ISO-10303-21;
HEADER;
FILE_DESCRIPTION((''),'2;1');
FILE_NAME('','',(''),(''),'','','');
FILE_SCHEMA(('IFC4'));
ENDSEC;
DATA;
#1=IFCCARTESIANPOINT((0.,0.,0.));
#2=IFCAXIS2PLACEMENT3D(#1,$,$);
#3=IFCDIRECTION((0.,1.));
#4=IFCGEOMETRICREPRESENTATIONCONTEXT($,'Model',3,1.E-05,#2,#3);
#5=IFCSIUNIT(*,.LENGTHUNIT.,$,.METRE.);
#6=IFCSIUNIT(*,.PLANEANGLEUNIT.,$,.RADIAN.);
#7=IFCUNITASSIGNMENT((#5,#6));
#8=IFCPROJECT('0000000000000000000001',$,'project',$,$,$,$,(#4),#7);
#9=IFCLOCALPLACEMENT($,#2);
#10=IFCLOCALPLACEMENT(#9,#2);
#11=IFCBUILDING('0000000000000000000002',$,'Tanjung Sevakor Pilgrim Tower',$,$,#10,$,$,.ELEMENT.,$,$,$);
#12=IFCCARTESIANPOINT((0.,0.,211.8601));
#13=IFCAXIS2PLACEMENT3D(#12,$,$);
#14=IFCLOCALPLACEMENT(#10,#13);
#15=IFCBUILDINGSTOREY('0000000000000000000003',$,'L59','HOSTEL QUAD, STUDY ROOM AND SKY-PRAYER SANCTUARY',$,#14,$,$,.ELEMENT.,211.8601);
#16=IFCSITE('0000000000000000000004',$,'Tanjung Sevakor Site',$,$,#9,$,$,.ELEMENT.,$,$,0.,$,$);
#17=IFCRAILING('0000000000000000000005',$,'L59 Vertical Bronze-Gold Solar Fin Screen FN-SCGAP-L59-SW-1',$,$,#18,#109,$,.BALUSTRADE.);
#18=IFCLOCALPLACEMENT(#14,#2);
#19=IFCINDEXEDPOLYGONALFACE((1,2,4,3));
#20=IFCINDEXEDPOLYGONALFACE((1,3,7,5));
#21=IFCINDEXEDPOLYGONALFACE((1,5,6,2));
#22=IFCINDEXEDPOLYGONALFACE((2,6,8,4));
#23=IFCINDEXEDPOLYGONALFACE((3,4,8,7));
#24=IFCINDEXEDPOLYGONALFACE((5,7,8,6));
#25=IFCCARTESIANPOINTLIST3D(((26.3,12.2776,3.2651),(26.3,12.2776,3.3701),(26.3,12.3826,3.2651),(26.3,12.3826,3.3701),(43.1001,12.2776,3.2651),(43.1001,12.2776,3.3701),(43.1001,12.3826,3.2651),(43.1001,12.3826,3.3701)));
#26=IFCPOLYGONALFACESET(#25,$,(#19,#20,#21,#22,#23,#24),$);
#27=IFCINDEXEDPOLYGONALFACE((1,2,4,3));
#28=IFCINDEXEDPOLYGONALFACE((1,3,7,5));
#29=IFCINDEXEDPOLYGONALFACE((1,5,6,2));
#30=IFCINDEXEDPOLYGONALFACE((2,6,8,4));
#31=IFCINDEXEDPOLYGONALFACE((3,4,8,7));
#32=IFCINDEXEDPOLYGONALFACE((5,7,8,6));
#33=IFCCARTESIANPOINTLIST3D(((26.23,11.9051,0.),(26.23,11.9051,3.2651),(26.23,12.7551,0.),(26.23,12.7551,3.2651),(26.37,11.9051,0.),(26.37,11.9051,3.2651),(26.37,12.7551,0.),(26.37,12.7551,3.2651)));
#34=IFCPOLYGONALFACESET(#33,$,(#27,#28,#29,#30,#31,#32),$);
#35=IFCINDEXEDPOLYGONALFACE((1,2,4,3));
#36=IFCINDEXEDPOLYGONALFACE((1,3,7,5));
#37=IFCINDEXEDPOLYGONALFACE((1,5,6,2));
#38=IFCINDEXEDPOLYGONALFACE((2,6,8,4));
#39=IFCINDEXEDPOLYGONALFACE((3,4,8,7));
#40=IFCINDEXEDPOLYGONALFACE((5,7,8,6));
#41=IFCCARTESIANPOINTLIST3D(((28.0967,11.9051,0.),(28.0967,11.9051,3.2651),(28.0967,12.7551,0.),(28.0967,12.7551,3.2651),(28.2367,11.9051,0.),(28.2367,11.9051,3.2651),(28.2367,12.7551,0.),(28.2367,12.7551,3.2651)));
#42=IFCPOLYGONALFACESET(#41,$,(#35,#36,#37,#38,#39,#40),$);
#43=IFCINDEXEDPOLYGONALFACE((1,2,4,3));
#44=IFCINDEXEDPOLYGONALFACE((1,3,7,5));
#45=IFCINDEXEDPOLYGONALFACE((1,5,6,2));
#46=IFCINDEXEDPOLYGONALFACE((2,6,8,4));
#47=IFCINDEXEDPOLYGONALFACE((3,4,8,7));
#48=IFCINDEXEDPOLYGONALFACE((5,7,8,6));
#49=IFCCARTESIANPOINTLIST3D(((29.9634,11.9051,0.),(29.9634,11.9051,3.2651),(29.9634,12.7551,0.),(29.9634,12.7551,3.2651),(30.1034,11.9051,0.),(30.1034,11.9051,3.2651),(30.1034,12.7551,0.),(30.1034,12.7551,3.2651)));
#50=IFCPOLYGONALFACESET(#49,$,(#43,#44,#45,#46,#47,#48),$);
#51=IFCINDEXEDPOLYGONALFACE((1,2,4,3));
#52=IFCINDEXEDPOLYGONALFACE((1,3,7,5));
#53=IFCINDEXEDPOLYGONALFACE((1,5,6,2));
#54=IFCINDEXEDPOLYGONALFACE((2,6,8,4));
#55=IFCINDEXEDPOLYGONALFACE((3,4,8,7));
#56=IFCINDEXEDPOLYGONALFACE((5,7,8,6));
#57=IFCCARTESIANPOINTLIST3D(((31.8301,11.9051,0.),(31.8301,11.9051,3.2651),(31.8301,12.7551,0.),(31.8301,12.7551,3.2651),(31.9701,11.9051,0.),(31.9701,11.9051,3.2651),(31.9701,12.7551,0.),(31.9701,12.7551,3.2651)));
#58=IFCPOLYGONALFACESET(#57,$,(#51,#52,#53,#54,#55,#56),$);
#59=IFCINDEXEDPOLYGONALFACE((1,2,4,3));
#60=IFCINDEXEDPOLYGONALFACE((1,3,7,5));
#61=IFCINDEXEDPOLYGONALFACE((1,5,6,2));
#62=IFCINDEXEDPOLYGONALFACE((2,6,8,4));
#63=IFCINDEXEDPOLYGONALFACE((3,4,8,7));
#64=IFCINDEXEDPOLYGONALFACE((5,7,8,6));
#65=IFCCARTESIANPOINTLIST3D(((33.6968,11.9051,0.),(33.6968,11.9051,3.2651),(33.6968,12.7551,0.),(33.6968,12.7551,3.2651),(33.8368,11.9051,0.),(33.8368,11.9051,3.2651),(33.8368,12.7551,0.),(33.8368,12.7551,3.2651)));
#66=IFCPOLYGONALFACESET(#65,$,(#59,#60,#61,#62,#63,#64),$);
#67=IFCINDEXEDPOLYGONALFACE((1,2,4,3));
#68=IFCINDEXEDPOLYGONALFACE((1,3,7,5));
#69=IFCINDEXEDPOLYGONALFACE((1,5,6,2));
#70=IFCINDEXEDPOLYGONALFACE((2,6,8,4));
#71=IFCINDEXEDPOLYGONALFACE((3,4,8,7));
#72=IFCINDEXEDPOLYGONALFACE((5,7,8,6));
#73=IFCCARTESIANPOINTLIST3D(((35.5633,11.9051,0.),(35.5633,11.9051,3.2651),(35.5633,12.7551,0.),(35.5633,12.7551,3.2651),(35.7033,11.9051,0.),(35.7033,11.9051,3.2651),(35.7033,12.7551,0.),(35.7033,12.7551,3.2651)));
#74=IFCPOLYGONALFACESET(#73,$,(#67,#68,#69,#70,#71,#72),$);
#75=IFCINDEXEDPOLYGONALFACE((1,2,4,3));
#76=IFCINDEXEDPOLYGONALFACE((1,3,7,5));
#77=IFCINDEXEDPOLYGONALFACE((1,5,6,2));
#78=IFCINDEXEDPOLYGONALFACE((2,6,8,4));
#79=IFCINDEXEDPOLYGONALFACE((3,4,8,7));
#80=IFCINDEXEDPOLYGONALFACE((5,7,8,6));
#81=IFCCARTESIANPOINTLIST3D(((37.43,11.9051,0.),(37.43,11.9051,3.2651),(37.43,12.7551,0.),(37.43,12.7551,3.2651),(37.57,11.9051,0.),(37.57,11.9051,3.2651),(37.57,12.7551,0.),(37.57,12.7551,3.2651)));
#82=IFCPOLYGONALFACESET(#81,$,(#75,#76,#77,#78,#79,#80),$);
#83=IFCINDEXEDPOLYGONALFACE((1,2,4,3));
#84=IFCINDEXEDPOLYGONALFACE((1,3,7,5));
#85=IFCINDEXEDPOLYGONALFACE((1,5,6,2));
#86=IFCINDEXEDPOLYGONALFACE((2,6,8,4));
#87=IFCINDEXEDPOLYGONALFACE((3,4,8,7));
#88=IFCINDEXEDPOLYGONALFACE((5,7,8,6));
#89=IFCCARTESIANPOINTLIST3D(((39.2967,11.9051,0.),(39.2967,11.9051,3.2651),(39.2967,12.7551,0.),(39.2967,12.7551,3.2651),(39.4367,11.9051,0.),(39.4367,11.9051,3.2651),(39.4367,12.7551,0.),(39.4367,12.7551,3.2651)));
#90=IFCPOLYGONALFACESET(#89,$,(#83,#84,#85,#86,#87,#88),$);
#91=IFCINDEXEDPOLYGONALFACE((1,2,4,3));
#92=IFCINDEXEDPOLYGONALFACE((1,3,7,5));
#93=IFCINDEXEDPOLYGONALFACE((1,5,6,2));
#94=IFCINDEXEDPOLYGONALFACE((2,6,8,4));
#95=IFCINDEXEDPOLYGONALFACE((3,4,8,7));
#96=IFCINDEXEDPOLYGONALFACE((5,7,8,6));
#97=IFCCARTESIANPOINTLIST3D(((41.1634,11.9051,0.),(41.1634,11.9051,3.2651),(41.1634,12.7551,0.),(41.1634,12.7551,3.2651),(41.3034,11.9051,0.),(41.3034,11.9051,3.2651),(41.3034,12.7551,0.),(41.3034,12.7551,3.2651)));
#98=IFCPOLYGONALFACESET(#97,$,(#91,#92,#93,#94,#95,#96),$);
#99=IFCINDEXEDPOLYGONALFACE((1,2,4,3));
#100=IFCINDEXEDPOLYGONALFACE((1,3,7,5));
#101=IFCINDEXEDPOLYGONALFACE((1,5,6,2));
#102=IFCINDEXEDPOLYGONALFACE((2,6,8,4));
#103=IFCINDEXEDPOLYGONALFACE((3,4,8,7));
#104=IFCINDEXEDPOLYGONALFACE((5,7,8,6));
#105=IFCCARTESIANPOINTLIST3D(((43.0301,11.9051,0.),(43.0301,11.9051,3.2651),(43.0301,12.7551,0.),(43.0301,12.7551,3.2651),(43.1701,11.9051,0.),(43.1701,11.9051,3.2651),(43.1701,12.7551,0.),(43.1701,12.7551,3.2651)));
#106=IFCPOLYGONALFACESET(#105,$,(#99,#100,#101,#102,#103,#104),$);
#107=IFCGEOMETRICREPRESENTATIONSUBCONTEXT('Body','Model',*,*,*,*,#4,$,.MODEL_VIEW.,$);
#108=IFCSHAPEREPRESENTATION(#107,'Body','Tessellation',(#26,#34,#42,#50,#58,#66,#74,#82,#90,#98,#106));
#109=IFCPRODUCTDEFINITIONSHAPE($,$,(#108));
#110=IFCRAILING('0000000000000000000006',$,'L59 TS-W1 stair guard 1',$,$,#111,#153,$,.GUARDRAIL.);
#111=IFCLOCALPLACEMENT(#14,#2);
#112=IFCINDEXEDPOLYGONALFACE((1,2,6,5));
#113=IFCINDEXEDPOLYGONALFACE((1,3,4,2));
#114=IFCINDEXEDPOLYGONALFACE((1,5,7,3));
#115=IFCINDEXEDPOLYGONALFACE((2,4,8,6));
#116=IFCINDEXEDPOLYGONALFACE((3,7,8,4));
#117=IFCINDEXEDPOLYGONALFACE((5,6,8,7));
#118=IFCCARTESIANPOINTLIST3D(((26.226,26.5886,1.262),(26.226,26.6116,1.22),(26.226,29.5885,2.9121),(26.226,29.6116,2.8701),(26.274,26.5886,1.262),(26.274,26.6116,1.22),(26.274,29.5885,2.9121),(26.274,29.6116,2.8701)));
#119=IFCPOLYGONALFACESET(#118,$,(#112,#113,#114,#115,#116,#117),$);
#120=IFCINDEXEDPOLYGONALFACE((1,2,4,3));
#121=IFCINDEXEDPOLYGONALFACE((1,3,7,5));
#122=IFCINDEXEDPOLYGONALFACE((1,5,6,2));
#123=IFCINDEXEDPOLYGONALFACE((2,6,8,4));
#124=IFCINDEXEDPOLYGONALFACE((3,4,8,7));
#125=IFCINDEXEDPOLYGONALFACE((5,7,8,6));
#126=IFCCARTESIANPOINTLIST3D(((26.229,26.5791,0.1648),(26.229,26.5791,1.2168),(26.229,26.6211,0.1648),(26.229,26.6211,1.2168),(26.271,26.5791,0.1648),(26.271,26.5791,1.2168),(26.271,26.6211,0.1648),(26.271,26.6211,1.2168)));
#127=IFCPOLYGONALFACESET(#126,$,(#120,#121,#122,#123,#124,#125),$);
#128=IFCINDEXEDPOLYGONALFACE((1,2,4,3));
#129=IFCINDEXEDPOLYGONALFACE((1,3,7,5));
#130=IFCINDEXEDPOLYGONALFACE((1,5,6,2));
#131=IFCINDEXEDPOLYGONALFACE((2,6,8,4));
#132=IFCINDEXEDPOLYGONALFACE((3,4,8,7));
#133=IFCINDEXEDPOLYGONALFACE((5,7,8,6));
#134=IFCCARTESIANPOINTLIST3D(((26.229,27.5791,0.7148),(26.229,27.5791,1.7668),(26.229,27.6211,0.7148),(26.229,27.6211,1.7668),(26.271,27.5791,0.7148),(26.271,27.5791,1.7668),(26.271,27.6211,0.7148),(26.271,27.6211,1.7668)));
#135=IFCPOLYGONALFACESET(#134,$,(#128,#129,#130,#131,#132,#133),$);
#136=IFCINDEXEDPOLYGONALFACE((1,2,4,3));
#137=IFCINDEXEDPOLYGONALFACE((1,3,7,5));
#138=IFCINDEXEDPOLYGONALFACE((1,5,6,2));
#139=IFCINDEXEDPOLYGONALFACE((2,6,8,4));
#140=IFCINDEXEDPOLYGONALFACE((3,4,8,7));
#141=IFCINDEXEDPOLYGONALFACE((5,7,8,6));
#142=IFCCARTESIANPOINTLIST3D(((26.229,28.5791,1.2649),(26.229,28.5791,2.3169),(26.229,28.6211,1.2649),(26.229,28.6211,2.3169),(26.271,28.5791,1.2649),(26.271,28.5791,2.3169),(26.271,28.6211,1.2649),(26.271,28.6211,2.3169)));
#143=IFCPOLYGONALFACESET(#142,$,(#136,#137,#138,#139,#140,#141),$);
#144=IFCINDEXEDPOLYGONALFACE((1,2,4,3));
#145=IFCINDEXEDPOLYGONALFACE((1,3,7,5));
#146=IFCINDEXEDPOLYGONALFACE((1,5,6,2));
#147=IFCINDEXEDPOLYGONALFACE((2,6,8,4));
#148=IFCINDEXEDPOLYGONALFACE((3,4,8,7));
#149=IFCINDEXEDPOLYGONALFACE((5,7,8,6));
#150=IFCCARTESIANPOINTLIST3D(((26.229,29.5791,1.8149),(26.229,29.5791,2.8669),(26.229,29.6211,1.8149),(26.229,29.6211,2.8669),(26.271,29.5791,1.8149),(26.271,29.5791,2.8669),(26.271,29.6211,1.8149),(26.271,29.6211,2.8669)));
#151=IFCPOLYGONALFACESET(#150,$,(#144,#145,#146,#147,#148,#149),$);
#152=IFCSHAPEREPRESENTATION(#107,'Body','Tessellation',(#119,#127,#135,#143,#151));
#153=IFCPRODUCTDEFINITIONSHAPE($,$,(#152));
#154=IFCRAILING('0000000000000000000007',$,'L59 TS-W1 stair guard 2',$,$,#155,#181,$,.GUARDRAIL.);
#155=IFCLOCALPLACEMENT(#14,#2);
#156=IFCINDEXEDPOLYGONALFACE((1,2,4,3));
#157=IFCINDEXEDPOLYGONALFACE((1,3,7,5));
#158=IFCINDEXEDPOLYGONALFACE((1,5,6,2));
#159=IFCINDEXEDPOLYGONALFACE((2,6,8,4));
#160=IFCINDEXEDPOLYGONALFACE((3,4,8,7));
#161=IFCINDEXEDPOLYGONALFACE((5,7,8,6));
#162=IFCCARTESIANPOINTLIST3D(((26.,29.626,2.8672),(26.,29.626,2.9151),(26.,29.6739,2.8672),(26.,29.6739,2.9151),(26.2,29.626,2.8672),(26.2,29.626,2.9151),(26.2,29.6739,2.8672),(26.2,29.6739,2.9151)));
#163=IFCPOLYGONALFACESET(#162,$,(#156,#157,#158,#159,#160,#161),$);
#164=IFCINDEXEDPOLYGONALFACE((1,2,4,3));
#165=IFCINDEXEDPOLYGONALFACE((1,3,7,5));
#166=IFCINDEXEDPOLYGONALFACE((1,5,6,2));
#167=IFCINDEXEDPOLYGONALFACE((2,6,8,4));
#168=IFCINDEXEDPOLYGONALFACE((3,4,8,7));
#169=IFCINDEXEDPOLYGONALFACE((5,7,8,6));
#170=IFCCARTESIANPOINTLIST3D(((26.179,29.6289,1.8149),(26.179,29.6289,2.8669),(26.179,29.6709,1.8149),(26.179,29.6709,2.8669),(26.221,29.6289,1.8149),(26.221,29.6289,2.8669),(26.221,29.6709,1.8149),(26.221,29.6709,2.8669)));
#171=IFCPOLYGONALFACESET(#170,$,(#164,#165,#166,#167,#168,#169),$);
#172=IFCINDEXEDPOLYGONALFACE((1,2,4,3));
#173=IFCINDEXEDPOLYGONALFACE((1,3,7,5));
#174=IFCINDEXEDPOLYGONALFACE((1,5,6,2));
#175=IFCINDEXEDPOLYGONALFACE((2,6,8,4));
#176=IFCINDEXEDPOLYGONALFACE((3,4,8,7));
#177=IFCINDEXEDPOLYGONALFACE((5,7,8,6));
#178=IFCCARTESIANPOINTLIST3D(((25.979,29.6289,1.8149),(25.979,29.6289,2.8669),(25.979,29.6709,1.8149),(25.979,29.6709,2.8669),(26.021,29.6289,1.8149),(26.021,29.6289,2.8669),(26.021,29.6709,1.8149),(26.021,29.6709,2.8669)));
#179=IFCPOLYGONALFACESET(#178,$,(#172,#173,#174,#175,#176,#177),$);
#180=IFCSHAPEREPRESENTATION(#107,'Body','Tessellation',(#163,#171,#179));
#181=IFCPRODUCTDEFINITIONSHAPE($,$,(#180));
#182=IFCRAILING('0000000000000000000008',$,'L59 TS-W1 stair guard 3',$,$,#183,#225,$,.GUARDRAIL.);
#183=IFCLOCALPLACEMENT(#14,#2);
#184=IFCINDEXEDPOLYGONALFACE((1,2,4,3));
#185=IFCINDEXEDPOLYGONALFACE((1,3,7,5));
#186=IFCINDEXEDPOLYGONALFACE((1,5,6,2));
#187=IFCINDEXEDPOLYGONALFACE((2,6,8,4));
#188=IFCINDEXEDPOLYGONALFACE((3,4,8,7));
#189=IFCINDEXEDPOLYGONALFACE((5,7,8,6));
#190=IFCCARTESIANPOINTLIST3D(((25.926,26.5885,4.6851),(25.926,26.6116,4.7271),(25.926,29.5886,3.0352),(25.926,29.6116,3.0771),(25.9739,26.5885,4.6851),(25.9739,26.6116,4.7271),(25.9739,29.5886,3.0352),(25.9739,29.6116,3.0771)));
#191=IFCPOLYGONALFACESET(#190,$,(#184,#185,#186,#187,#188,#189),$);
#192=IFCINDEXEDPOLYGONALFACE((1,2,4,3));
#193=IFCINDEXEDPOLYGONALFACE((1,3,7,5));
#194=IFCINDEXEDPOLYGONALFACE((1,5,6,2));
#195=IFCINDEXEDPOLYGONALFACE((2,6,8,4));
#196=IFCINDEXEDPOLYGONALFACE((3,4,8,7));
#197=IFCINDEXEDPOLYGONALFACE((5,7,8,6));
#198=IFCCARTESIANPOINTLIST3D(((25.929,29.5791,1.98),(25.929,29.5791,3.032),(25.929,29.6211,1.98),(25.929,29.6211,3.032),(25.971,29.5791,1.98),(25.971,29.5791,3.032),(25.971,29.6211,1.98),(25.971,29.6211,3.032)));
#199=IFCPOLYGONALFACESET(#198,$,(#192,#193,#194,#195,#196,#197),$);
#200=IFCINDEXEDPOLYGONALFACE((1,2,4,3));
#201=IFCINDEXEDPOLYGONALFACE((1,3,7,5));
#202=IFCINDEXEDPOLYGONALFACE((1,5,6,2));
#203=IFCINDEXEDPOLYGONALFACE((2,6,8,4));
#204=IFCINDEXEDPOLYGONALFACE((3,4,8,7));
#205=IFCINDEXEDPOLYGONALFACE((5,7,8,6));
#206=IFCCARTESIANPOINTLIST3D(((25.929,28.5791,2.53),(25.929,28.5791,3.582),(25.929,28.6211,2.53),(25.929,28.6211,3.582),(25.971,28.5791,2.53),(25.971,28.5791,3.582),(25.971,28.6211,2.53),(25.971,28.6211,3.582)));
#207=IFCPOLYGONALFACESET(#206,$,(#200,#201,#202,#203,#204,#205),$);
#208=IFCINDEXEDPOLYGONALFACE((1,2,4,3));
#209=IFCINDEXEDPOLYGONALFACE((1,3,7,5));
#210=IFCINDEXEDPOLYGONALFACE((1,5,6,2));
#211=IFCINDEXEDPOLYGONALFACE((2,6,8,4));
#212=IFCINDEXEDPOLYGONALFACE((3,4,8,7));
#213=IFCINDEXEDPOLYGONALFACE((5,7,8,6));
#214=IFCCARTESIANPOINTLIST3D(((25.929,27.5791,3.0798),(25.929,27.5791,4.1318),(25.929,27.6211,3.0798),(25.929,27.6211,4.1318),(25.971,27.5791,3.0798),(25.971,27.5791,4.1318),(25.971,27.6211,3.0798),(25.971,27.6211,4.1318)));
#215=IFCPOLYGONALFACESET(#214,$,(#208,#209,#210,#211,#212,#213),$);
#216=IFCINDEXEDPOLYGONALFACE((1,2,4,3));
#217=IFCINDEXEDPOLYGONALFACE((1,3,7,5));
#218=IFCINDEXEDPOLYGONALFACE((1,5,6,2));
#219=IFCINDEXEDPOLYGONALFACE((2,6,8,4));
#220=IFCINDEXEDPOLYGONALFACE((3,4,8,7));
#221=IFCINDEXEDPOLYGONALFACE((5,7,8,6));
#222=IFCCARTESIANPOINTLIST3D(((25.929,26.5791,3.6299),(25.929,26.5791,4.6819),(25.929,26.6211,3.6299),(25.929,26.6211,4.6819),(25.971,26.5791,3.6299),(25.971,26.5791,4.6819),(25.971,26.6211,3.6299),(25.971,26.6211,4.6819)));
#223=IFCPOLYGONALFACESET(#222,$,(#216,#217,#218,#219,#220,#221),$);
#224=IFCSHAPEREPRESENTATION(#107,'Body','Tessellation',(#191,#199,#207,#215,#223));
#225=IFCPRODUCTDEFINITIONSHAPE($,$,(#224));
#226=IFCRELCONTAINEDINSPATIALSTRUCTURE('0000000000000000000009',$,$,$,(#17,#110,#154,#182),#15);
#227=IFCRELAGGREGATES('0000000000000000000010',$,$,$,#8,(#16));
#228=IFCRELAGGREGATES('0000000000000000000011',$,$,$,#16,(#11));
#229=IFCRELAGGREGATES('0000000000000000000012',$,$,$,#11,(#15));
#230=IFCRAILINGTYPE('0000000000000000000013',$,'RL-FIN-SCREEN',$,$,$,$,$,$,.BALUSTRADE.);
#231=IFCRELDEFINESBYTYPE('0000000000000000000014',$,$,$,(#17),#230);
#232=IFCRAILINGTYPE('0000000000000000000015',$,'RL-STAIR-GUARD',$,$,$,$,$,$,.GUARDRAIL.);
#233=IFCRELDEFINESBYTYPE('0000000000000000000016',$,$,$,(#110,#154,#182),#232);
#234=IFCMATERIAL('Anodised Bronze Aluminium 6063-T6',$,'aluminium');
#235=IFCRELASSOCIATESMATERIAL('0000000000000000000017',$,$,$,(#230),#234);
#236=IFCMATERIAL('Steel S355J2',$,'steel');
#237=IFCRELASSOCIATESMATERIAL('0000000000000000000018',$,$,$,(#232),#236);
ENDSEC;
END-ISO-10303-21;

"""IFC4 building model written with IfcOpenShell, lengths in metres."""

from ifc_helpers import new_model, si_unit, direction, frame, origin, place, context, subcontext, project, spatial, rectangle, extrude, material, type_object, element, save


model = new_model("IFC4")

# Units and contexts
model_context = context("Model", 3, precision=1e-05, world=origin(), true_north=direction((0.0, 1.0)))
body_context = subcontext(model_context, "Body", "Model", "MODEL_VIEW")
ifc_project = project(units=[si_unit("LENGTHUNIT", "METRE"), si_unit("PLANEANGLEUNIT", "RADIAN")], contexts=[model_context])

# Site, building, storey
site_placement = place(None, origin())
site = spatial("IfcSite", under=ifc_project, at=site_placement, Name="Tanjung Sevakor Site", CompositionType="ELEMENT", RefElevation=0.0)
building_placement = place(site_placement, origin())
building = spatial("IfcBuilding", under=site, at=building_placement, Name="Tanjung Sevakor Pilgrim Tower", CompositionType="ELEMENT")
storey_placement = place(building_placement, frame((0.0, 0.0, 211.8601)))
storey = spatial("IfcBuildingStorey", under=building, at=storey_placement, Name="L59", Description="HOSTEL QUAD, STUDY ROOM AND SKY-PRAYER SANCTUARY", CompositionType="ELEMENT", Elevation=211.8601)

# Railings
ifc_material_1 = material(Name="Anodised Bronze Aluminium 6063-T6", Category="aluminium")
railing_type_1 = type_object("IfcRailingType", Name="RL-FIN-SCREEN", PredefinedType="BALUSTRADE", material=ifc_material_1)
railing_1_placement = place(storey_placement, frame((26.3, 12.3301, 0.0)))
element("IfcRailing", 1, at=railing_1_placement, inside=storey, type_object=railing_type_1, Name="L59 Vertical Bronze-Gold Solar Fin Screen FN-SCGAP-L59-SW-1", PredefinedType="BALUSTRADE", context=body_context, shape_type="SweptSolid", body=[
    extrude(rectangle(XDim=0.105, YDim=0.105), frame((0.0, 0.0, 3.3176), z_axis=(1.0, 0.0, 0.0), x_axis=(0.0, 1.0, 0.0)), (0.0, 0.0, 1.0), 16.8),
    extrude(rectangle(XDim=0.14, YDim=0.85), origin(), (0.0, 0.0, 1.0), 3.2651),
    extrude(rectangle(XDim=0.14, YDim=0.85), frame((1.8667, 0.0, 0.0)), (0.0, 0.0, 1.0), 3.2651),
    extrude(rectangle(XDim=0.14, YDim=0.85), frame((3.7334, 0.0, 0.0)), (0.0, 0.0, 1.0), 3.2651),
    extrude(rectangle(XDim=0.14, YDim=0.85), frame((5.6001, 0.0, 0.0)), (0.0, 0.0, 1.0), 3.2651),
    extrude(rectangle(XDim=0.14, YDim=0.85), frame((7.4668, 0.0, 0.0)), (0.0, 0.0, 1.0), 3.2651),
    extrude(rectangle(XDim=0.14, YDim=0.85), frame((9.3333, 0.0, 0.0)), (0.0, 0.0, 1.0), 3.2651),
    extrude(rectangle(XDim=0.14, YDim=0.85), frame((11.2, 0.0, 0.0)), (0.0, 0.0, 1.0), 3.2651),
    extrude(rectangle(XDim=0.14, YDim=0.85), frame((13.0667, 0.0, 0.0)), (0.0, 0.0, 1.0), 3.2651),
    extrude(rectangle(XDim=0.14, YDim=0.85), frame((14.9333, 0.0, 0.0)), (0.0, 0.0, 1.0), 3.2651),
    extrude(rectangle(XDim=0.14, YDim=0.85), frame((16.8, 0.0, 0.0)), (0.0, 0.0, 1.0), 3.2651),
])
ifc_material_2 = material(Name="Steel S355J2", Category="steel")
railing_type_2 = type_object("IfcRailingType", Name="RL-STAIR-GUARD", PredefinedType="GUARDRAIL", material=ifc_material_2)
railing_2_placement = place(storey_placement, frame((26.25, 26.6001, 0.1648)))
element("IfcRailing", 2, at=railing_2_placement, inside=storey, type_object=railing_type_2, Name="L59 TS-W1 stair guard 1", PredefinedType="GUARDRAIL", context=body_context, shape_type="SweptSolid", body=[
    extrude(rectangle(XDim=0.0479, YDim=0.0479), frame((0.0, 0.0, 1.0762), z_axis=(0.0, 0.876198, 0.481952), x_axis=(-1.0, 0.0, 0.0)), (0.0, 0.0, 1.0), 3.4238),
    extrude(rectangle(XDim=0.042, YDim=0.042), origin(), (0.0, 0.0, 1.0), 1.052),
    extrude(rectangle(XDim=0.042, YDim=0.042), frame((0.0, 1.0, 0.55)), (0.0, 0.0, 1.0), 1.052),
    extrude(rectangle(XDim=0.042, YDim=0.042), frame((0.0, 2.0, 1.1001)), (0.0, 0.0, 1.0), 1.052),
    extrude(rectangle(XDim=0.042, YDim=0.042), frame((0.0, 3.0, 1.6501)), (0.0, 0.0, 1.0), 1.052),
])
railing_3_placement = place(storey_placement, frame((26.2, 29.6499, 1.8149)))
element("IfcRailing", 3, at=railing_3_placement, inside=storey, type_object=railing_type_2, Name="L59 TS-W1 stair guard 2", PredefinedType="GUARDRAIL", context=body_context, shape_type="SweptSolid", body=[
    extrude(rectangle(XDim=0.0479, YDim=0.0479), frame((0.0, 0.0, 1.0762), z_axis=(-1.0, 0.0, 0.0), x_axis=(0.0, -1.0, 0.0)), (0.0, 0.0, 1.0), 0.2),
    extrude(rectangle(XDim=0.042, YDim=0.042), origin(), (0.0, 0.0, 1.0), 1.052),
    extrude(rectangle(XDim=0.042, YDim=0.042), frame((-0.2, 0.0, 0.0)), (0.0, 0.0, 1.0), 1.052),
])
railing_4_placement = place(storey_placement, frame((25.95, 29.6001, 1.98)))
element("IfcRailing", 4, at=railing_4_placement, inside=storey, type_object=railing_type_2, Name="L59 TS-W1 stair guard 3", PredefinedType="GUARDRAIL", context=body_context, shape_type="SweptSolid", body=[
    extrude(rectangle(XDim=0.0479, YDim=0.0479), frame((0.0, 0.0, 1.0762), z_axis=(0.0, -0.876228, 0.481897), x_axis=(1.0, 0.0, 0.0)), (0.0, 0.0, 1.0), 3.4238),
    extrude(rectangle(XDim=0.042, YDim=0.042), origin(), (0.0, 0.0, 1.0), 1.052),
    extrude(rectangle(XDim=0.042, YDim=0.042), frame((0.0, -1.0, 0.55)), (0.0, 0.0, 1.0), 1.052),
    extrude(rectangle(XDim=0.042, YDim=0.042), frame((0.0, -2.0, 1.0999)), (0.0, 0.0, 1.0), 1.052),
    extrude(rectangle(XDim=0.042, YDim=0.042), frame((0.0, -3.0, 1.6499)), (0.0, 0.0, 1.0), 1.052),
])

save(model, "model.ifc")
